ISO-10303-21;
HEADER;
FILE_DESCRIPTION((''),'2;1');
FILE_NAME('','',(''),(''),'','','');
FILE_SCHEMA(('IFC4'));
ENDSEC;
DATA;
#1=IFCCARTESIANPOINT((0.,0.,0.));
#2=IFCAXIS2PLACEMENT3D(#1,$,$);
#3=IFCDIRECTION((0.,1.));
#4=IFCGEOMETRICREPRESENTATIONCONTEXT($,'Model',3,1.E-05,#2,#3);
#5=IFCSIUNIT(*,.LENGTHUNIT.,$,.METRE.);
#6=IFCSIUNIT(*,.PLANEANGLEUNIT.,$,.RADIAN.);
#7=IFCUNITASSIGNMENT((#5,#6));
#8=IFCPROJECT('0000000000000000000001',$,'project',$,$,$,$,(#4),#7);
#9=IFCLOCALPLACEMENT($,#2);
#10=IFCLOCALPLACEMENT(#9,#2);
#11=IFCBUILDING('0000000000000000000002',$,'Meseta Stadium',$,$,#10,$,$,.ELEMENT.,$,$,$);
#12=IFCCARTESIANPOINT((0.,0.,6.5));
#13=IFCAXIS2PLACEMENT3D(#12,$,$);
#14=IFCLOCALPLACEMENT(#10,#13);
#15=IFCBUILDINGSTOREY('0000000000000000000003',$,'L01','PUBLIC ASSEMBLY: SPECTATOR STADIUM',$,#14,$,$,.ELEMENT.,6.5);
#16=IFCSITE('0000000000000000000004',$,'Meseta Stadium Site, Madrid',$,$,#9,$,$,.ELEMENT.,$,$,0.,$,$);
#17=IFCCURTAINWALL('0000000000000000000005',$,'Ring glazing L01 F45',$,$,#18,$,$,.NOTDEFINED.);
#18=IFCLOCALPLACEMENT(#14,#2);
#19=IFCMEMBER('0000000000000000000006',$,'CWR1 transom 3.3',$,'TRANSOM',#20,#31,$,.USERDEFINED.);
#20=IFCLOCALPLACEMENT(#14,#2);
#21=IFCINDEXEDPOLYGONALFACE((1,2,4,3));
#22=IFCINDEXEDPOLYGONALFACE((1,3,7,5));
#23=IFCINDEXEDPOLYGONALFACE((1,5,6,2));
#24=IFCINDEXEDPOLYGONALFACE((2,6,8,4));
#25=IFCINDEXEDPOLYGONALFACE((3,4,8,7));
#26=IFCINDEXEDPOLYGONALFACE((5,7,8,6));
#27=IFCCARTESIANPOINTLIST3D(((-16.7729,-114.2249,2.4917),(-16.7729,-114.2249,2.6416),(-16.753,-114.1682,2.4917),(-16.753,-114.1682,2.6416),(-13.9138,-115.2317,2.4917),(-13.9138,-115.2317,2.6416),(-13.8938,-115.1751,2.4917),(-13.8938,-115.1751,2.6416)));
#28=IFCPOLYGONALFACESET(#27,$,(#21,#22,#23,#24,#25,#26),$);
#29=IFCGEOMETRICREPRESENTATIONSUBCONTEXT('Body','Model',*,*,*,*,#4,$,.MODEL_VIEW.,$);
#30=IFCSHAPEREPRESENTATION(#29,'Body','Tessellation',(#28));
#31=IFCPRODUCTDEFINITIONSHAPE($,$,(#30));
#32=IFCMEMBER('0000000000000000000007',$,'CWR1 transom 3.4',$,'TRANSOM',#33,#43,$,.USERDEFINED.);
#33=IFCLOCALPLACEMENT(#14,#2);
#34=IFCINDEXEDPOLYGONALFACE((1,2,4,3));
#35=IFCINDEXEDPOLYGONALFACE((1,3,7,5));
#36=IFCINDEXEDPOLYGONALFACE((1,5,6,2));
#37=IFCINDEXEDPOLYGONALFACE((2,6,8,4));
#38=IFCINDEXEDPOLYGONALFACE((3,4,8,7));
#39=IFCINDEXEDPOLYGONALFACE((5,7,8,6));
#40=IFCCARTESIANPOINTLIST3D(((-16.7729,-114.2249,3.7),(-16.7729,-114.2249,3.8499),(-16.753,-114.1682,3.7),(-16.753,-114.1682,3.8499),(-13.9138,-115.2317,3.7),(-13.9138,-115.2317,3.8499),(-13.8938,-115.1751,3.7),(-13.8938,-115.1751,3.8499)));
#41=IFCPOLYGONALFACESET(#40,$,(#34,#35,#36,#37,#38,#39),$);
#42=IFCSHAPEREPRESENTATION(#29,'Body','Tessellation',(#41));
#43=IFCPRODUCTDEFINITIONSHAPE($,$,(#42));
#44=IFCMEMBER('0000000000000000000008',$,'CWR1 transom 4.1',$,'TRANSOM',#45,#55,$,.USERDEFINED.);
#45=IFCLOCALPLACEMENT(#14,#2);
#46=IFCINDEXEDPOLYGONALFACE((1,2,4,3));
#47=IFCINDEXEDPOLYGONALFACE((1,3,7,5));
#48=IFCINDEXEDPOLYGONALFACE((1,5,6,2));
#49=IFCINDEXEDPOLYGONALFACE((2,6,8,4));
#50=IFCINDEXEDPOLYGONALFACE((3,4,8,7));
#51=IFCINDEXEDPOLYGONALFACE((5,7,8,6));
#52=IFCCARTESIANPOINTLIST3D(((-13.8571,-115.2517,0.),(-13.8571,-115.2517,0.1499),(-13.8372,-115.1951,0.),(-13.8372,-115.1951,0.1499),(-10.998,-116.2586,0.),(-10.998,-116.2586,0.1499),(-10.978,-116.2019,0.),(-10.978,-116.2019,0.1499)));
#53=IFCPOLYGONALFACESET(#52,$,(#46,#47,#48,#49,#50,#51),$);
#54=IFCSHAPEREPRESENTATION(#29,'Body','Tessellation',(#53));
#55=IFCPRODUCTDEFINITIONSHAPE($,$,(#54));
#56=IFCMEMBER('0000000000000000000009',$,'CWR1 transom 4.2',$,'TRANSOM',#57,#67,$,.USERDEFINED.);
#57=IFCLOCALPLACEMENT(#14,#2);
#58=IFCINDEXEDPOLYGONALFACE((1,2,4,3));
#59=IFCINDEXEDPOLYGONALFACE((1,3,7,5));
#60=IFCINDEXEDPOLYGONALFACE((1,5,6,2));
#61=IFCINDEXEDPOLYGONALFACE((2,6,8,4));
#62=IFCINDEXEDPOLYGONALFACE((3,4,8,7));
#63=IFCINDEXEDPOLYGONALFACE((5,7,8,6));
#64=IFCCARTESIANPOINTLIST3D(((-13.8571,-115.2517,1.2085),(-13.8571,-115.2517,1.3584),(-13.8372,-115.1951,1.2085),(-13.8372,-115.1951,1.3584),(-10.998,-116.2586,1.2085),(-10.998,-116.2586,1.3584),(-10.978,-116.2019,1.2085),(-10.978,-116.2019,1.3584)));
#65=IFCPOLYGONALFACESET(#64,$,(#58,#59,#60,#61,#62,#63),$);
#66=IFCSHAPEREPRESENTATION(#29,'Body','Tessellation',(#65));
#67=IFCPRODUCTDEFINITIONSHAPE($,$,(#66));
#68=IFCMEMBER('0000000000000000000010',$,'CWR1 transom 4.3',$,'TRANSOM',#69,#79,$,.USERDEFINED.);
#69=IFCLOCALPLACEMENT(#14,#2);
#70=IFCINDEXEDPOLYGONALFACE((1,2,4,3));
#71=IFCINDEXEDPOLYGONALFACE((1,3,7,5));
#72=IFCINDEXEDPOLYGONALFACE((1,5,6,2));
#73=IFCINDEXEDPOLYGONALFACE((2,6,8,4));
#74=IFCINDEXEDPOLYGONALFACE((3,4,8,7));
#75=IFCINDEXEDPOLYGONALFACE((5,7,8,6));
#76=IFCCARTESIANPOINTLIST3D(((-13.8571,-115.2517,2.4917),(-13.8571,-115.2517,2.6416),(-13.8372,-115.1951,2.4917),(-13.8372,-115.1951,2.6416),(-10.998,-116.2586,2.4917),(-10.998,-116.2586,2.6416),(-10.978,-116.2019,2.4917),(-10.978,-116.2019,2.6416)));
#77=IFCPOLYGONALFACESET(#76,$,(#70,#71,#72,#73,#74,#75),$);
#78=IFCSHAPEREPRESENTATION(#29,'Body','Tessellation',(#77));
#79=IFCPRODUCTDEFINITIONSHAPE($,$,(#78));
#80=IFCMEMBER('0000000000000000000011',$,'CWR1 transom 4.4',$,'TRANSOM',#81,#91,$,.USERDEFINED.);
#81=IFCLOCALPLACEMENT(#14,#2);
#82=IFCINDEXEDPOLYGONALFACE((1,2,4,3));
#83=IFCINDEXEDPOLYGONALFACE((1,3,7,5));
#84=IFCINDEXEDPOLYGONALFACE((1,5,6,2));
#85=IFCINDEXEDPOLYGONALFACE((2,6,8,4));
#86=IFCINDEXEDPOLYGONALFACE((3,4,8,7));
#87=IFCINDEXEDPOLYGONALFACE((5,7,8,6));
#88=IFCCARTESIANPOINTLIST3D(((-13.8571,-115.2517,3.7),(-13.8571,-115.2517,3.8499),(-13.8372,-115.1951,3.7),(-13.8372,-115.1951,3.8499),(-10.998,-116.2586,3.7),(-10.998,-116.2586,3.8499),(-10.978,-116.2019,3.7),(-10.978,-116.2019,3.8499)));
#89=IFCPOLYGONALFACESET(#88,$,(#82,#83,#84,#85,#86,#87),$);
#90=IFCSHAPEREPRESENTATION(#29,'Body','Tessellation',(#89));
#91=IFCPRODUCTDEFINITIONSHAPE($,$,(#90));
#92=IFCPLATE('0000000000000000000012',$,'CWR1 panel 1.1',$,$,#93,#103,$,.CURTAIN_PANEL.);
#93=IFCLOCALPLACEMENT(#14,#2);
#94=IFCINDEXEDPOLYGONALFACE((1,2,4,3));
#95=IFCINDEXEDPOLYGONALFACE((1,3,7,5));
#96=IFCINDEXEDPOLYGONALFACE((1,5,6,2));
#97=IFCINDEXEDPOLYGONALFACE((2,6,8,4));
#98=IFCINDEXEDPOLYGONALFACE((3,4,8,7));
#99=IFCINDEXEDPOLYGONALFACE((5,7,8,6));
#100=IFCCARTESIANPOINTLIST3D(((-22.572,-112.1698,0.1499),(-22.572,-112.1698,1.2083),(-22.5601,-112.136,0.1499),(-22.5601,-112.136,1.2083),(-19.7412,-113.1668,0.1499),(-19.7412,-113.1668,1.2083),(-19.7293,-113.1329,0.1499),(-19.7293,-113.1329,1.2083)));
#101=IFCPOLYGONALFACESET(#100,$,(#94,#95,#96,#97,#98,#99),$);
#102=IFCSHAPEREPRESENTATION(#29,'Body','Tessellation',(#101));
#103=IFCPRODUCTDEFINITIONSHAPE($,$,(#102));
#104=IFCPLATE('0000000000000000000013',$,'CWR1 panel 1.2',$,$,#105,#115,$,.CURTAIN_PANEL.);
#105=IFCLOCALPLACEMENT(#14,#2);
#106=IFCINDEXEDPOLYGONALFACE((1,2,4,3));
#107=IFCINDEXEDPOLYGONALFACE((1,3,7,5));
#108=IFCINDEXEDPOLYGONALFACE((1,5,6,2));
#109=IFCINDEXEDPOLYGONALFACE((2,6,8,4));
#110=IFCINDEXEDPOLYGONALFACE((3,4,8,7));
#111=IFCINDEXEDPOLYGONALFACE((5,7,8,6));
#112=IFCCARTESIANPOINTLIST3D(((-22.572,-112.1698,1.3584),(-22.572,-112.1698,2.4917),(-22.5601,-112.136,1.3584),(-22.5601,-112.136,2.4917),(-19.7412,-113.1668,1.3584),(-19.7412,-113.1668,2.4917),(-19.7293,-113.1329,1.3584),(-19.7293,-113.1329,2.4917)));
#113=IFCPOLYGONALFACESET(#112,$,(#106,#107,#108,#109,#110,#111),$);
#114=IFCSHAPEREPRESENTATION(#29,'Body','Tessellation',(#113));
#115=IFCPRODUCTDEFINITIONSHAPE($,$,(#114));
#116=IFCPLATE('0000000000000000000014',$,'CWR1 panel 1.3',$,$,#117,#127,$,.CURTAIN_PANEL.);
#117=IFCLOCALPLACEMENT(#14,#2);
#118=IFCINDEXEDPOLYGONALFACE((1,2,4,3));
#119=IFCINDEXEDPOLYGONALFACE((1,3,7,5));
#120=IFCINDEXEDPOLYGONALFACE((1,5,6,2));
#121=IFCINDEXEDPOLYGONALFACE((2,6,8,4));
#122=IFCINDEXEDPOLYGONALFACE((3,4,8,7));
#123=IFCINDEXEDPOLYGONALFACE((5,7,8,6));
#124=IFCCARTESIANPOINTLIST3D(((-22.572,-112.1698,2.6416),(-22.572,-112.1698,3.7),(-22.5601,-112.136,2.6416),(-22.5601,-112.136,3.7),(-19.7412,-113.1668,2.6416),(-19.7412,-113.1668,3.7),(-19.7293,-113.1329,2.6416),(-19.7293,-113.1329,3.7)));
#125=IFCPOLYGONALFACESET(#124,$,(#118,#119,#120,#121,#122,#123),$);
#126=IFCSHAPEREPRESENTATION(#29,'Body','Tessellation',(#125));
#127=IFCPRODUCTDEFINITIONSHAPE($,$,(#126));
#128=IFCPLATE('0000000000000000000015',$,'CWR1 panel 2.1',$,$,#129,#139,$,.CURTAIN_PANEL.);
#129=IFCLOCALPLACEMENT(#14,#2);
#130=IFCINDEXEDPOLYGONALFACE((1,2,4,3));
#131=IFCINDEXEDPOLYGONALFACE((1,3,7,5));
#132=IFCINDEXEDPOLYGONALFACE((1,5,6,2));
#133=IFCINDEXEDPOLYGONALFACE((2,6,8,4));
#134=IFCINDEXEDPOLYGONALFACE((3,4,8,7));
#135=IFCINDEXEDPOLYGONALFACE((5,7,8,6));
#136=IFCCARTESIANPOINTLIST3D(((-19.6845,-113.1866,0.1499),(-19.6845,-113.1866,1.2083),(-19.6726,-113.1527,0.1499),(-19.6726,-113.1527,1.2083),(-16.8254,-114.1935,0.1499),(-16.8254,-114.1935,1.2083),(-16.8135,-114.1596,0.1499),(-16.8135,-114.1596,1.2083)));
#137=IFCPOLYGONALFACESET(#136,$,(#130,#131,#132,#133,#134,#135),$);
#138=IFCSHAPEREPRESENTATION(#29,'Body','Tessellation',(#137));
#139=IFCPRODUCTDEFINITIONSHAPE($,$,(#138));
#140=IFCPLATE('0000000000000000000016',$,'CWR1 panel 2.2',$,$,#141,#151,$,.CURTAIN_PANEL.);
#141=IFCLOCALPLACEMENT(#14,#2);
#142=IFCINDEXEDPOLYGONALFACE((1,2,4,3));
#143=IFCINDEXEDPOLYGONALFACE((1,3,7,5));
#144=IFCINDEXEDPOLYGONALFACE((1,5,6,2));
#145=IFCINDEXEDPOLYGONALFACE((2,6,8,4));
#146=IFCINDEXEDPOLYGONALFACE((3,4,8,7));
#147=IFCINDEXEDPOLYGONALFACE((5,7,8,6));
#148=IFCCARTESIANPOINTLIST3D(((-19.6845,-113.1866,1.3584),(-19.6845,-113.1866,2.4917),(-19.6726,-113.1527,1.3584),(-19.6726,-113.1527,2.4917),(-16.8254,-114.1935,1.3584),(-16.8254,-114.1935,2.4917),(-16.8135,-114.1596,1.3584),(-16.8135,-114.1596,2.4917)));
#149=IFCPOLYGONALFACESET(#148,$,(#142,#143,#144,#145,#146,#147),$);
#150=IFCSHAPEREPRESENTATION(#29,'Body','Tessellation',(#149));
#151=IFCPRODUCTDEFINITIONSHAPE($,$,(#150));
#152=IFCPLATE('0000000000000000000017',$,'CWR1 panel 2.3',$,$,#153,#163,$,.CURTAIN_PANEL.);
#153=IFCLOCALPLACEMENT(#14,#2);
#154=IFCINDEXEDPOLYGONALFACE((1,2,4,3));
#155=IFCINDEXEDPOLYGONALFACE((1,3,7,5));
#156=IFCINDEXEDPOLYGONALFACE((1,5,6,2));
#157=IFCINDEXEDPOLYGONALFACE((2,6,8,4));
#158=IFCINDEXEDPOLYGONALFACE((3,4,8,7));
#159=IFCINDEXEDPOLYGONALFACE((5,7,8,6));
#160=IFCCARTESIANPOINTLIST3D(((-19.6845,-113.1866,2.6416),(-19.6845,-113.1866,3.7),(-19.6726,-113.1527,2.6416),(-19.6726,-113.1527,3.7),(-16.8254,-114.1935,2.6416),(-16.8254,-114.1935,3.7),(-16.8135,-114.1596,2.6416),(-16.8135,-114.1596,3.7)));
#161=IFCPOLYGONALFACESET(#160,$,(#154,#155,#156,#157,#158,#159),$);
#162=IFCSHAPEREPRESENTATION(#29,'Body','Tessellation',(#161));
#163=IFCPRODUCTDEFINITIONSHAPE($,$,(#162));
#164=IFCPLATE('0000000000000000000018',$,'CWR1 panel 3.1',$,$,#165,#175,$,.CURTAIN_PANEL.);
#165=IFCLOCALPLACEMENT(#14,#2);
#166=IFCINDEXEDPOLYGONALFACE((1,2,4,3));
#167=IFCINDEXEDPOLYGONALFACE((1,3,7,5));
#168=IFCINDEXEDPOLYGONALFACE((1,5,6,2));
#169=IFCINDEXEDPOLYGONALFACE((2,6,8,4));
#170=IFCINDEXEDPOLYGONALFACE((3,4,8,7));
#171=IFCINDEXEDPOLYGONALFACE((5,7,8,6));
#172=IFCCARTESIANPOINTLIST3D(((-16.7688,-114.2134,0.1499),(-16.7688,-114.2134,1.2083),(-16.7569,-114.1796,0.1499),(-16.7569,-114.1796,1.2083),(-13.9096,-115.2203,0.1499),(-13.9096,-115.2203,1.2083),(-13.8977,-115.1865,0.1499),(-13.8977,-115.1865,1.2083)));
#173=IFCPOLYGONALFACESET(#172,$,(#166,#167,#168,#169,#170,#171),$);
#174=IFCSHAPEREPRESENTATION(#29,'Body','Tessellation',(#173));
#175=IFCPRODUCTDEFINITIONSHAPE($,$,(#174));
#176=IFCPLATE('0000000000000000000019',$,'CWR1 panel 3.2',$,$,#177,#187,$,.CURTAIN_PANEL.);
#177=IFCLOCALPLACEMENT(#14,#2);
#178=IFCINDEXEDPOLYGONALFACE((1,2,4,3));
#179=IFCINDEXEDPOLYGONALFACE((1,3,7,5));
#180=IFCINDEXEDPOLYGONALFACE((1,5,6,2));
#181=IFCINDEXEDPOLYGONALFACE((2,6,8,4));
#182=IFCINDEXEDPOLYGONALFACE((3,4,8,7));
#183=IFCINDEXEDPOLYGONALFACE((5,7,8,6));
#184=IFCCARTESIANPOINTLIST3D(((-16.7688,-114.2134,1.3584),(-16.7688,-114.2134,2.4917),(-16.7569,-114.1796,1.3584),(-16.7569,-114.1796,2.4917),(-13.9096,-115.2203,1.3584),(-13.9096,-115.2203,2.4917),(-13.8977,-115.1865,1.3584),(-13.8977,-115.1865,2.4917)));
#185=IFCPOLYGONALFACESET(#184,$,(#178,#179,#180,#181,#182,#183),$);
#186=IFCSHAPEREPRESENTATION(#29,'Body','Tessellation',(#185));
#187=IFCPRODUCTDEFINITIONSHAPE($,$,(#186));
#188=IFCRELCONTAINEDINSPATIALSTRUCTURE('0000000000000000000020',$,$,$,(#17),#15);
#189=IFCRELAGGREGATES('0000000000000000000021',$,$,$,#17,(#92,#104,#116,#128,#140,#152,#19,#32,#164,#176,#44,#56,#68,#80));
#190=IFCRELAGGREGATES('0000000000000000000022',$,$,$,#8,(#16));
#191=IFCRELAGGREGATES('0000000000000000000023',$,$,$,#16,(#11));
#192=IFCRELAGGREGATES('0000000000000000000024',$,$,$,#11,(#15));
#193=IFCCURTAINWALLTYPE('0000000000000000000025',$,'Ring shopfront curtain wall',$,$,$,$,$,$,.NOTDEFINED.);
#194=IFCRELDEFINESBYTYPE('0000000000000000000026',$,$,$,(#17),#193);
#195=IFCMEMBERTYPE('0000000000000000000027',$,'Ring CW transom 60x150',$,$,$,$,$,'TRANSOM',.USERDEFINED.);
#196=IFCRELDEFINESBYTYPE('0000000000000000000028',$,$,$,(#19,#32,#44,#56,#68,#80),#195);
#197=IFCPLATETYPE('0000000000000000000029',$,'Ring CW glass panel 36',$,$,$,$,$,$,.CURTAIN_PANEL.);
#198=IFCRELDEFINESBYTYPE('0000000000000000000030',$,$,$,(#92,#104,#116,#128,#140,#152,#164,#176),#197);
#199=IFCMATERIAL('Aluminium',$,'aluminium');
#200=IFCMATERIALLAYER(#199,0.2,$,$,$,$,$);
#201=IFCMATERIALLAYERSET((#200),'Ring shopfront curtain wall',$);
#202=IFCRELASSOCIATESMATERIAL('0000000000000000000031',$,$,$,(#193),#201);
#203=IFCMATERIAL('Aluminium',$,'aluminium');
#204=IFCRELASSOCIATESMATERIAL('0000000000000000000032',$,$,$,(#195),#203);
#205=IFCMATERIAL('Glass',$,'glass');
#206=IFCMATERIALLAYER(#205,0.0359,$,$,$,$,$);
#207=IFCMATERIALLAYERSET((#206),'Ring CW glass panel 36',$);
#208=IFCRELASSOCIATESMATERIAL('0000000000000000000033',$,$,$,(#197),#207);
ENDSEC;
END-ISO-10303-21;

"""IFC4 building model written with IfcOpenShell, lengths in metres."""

from ifc_helpers import new_model, si_unit, direction, frame, origin, origin_2d, place, context, subcontext, project, spatial, rectangle, extrude, material, layer, layer_set, material_profile, profile_set, type_object, element, aggregate, save


model = new_model("IFC4")

# Units and contexts
model_context = context("Model", 3, precision=1e-05, world=origin(), true_north=direction((0.0, 1.0)))
body_context = subcontext(model_context, "Body", "Model", "MODEL_VIEW")
ifc_project = project(units=[si_unit("LENGTHUNIT", "METRE"), si_unit("PLANEANGLEUNIT", "RADIAN")], contexts=[model_context])

# Site, building, storey
site_placement = place(None, origin())
site = spatial("IfcSite", under=ifc_project, at=site_placement, Name="Meseta Stadium Site, Madrid", CompositionType="ELEMENT", RefElevation=0.0)
building_placement = place(site_placement, origin())
building = spatial("IfcBuilding", under=site, at=building_placement, Name="Meseta Stadium", CompositionType="ELEMENT")
storey_placement = place(building_placement, frame((0.0, 0.0, 6.5)))
storey = spatial("IfcBuildingStorey", under=building, at=storey_placement, Name="L01", Description="PUBLIC ASSEMBLY: SPECTATOR STADIUM", CompositionType="ELEMENT", Elevation=6.5)

# Curtain wall, members, plates
ifc_material_1 = material(Name="Aluminium", Category="aluminium")
ifc_layer_1 = layer(ifc_material_1, 0.2)
ifc_layer_set_1 = layer_set([ifc_layer_1], Name="Ring shopfront curtain wall")
curtain_wall_type = type_object("IfcCurtainWallType", Name="Ring shopfront curtain wall", PredefinedType="NOTDEFINED", material=ifc_layer_set_1)
curtain_wall_placement = place(storey_placement, origin())
curtain_wall = element("IfcCurtainWall", 1, at=curtain_wall_placement, inside=storey, type_object=curtain_wall_type, Name="Ring glazing L01 F45", PredefinedType="NOTDEFINED")
ifc_material_2 = material(Name="Aluminium", Category="aluminium")
ifc_material_profile_1 = material_profile(ifc_material_2, rectangle(XDim=0.0601, YDim=0.1499, at=origin_2d()), Name="CW 60x150")
ifc_profile_set_1 = profile_set([ifc_material_profile_1], Name="Aluminium")
member_type_1 = type_object("IfcMemberType", Name="Ring CW transom 60x150", ElementType="TRANSOM", PredefinedType="USERDEFINED", material=ifc_profile_set_1)
member_1_placement = place(storey_placement, frame((-16.7629, -114.1965, 2.5667), z_axis=(0.943225, -0.332154, 0.0), x_axis=(0.332154, 0.943225, 0.0)))
member_1 = element("IfcMember", 2, at=member_1_placement, type_object=member_type_1, Name="CWR1 transom 3.3", ObjectType="TRANSOM", PredefinedType="USERDEFINED", context=body_context, shape_type="SweptSolid", body=[
    extrude(rectangle(XDim=0.0601, YDim=0.1499, at=origin_2d()), origin(), (0.0, 0.0, 1.0), 3.0312),
])
member_2_placement = place(storey_placement, frame((-16.7629, -114.1965, 3.7749), z_axis=(0.943225, -0.332154, 0.0), x_axis=(0.332154, 0.943225, 0.0)))
member_2 = element("IfcMember", 3, at=member_2_placement, type_object=member_type_1, Name="CWR1 transom 3.4", ObjectType="TRANSOM", PredefinedType="USERDEFINED", context=body_context, shape_type="SweptSolid", body=[
    extrude(rectangle(XDim=0.0601, YDim=0.1499, at=origin_2d()), origin(), (0.0, 0.0, 1.0), 3.0312),
])
member_3_placement = place(storey_placement, frame((-13.8472, -115.2234, 0.075), z_axis=(0.943225, -0.332154, 0.0), x_axis=(0.332154, 0.943225, 0.0)))
member_3 = element("IfcMember", 4, at=member_3_placement, type_object=member_type_1, Name="CWR1 transom 4.1", ObjectType="TRANSOM", PredefinedType="USERDEFINED", context=body_context, shape_type="SweptSolid", body=[
    extrude(rectangle(XDim=0.0601, YDim=0.1499, at=origin_2d()), origin(), (0.0, 0.0, 1.0), 3.0312),
])
member_4_placement = place(storey_placement, frame((-13.8472, -115.2234, 1.2834), z_axis=(0.943225, -0.332154, 0.0), x_axis=(0.332154, 0.943225, 0.0)))
member_4 = element("IfcMember", 5, at=member_4_placement, type_object=member_type_1, Name="CWR1 transom 4.2", ObjectType="TRANSOM", PredefinedType="USERDEFINED", context=body_context, shape_type="SweptSolid", body=[
    extrude(rectangle(XDim=0.0601, YDim=0.1499, at=origin_2d()), origin(), (0.0, 0.0, 1.0), 3.0312),
])
member_5_placement = place(storey_placement, frame((-13.8472, -115.2234, 2.5667), z_axis=(0.943225, -0.332154, 0.0), x_axis=(0.332154, 0.943225, 0.0)))
member_5 = element("IfcMember", 6, at=member_5_placement, type_object=member_type_1, Name="CWR1 transom 4.3", ObjectType="TRANSOM", PredefinedType="USERDEFINED", context=body_context, shape_type="SweptSolid", body=[
    extrude(rectangle(XDim=0.0601, YDim=0.1499, at=origin_2d()), origin(), (0.0, 0.0, 1.0), 3.0312),
])
member_6_placement = place(storey_placement, frame((-13.8472, -115.2234, 3.7749), z_axis=(0.943225, -0.332154, 0.0), x_axis=(0.332154, 0.943225, 0.0)))
member_6 = element("IfcMember", 7, at=member_6_placement, type_object=member_type_1, Name="CWR1 transom 4.4", ObjectType="TRANSOM", PredefinedType="USERDEFINED", context=body_context, shape_type="SweptSolid", body=[
    extrude(rectangle(XDim=0.0601, YDim=0.1499, at=origin_2d()), origin(), (0.0, 0.0, 1.0), 3.0312),
])
ifc_material_3 = material(Name="Glass", Category="glass")
ifc_layer_2 = layer(ifc_material_3, 0.0359)
ifc_layer_set_2 = layer_set([ifc_layer_2], Name="Ring CW glass panel 36")
plate_type_1 = type_object("IfcPlateType", Name="Ring CW glass panel 36", PredefinedType="CURTAIN_PANEL", material=ifc_layer_set_2)
plate_1_placement = place(storey_placement, frame((-21.1506, -112.6514, 0.1499), z_axis=(0.0, 0.0, 1.0), x_axis=(0.943218, -0.332174, 0.0)))
plate_1 = element("IfcPlate", 8, at=plate_1_placement, type_object=plate_type_1, Name="CWR1 panel 1.1", PredefinedType="CURTAIN_PANEL", context=body_context, shape_type="SweptSolid", body=[
    extrude(rectangle(XDim=3.0012, YDim=0.0359, at=origin_2d()), origin(), (0.0, 0.0, 1.0), 1.0583),
])
plate_2_placement = place(storey_placement, frame((-21.1506, -112.6514, 1.3584), z_axis=(0.0, 0.0, 1.0), x_axis=(0.943218, -0.332174, 0.0)))
plate_2 = element("IfcPlate", 9, at=plate_2_placement, type_object=plate_type_1, Name="CWR1 panel 1.2", PredefinedType="CURTAIN_PANEL", context=body_context, shape_type="SweptSolid", body=[
    extrude(rectangle(XDim=3.0012, YDim=0.0359, at=origin_2d()), origin(), (0.0, 0.0, 1.0), 1.1333),
])
plate_3_placement = place(storey_placement, frame((-21.1506, -112.6514, 2.6416), z_axis=(0.0, 0.0, 1.0), x_axis=(0.943218, -0.332174, 0.0)))
plate_3 = element("IfcPlate", 10, at=plate_3_placement, type_object=plate_type_1, Name="CWR1 panel 1.3", PredefinedType="CURTAIN_PANEL", context=body_context, shape_type="SweptSolid", body=[
    extrude(rectangle(XDim=3.0012, YDim=0.0359, at=origin_2d()), origin(), (0.0, 0.0, 1.0), 1.0583),
])
plate_4_placement = place(storey_placement, frame((-18.249, -113.6731, 0.1499), z_axis=(0.0, 0.0, 1.0), x_axis=(0.943218, -0.332174, 0.0)))
plate_4 = element("IfcPlate", 11, at=plate_4_placement, type_object=plate_type_1, Name="CWR1 panel 2.1", PredefinedType="CURTAIN_PANEL", context=body_context, shape_type="SweptSolid", body=[
    extrude(rectangle(XDim=3.0312, YDim=0.0359, at=origin_2d()), origin(), (0.0, 0.0, 1.0), 1.0583),
])
plate_5_placement = place(storey_placement, frame((-18.249, -113.6731, 1.3584), z_axis=(0.0, 0.0, 1.0), x_axis=(0.943218, -0.332174, 0.0)))
plate_5 = element("IfcPlate", 12, at=plate_5_placement, type_object=plate_type_1, Name="CWR1 panel 2.2", PredefinedType="CURTAIN_PANEL", context=body_context, shape_type="SweptSolid", body=[
    extrude(rectangle(XDim=3.0312, YDim=0.0359, at=origin_2d()), origin(), (0.0, 0.0, 1.0), 1.1333),
])
plate_6_placement = place(storey_placement, frame((-18.249, -113.6731, 2.6416), z_axis=(0.0, 0.0, 1.0), x_axis=(0.943218, -0.332174, 0.0)))
plate_6 = element("IfcPlate", 13, at=plate_6_placement, type_object=plate_type_1, Name="CWR1 panel 2.3", PredefinedType="CURTAIN_PANEL", context=body_context, shape_type="SweptSolid", body=[
    extrude(rectangle(XDim=3.0312, YDim=0.0359, at=origin_2d()), origin(), (0.0, 0.0, 1.0), 1.0583),
])
plate_7_placement = place(storey_placement, frame((-15.3333, -114.7, 0.1499), z_axis=(0.0, 0.0, 1.0), x_axis=(0.943218, -0.332174, 0.0)))
plate_7 = element("IfcPlate", 14, at=plate_7_placement, type_object=plate_type_1, Name="CWR1 panel 3.1", PredefinedType="CURTAIN_PANEL", context=body_context, shape_type="SweptSolid", body=[
    extrude(rectangle(XDim=3.0312, YDim=0.0359, at=origin_2d()), origin(), (0.0, 0.0, 1.0), 1.0583),
])
plate_8_placement = place(storey_placement, frame((-15.3333, -114.7, 1.3584), z_axis=(0.0, 0.0, 1.0), x_axis=(0.943218, -0.332174, 0.0)))
plate_8 = element("IfcPlate", 15, at=plate_8_placement, type_object=plate_type_1, Name="CWR1 panel 3.2", PredefinedType="CURTAIN_PANEL", context=body_context, shape_type="SweptSolid", body=[
    extrude(rectangle(XDim=3.0312, YDim=0.0359, at=origin_2d()), origin(), (0.0, 0.0, 1.0), 1.1333),
])
aggregate(curtain_wall, [plate_1, plate_2, plate_3, plate_4, plate_5, plate_6, member_1, member_2, plate_7, plate_8, member_3, member_4, member_5, member_6])

save(model, "model.ifc")
